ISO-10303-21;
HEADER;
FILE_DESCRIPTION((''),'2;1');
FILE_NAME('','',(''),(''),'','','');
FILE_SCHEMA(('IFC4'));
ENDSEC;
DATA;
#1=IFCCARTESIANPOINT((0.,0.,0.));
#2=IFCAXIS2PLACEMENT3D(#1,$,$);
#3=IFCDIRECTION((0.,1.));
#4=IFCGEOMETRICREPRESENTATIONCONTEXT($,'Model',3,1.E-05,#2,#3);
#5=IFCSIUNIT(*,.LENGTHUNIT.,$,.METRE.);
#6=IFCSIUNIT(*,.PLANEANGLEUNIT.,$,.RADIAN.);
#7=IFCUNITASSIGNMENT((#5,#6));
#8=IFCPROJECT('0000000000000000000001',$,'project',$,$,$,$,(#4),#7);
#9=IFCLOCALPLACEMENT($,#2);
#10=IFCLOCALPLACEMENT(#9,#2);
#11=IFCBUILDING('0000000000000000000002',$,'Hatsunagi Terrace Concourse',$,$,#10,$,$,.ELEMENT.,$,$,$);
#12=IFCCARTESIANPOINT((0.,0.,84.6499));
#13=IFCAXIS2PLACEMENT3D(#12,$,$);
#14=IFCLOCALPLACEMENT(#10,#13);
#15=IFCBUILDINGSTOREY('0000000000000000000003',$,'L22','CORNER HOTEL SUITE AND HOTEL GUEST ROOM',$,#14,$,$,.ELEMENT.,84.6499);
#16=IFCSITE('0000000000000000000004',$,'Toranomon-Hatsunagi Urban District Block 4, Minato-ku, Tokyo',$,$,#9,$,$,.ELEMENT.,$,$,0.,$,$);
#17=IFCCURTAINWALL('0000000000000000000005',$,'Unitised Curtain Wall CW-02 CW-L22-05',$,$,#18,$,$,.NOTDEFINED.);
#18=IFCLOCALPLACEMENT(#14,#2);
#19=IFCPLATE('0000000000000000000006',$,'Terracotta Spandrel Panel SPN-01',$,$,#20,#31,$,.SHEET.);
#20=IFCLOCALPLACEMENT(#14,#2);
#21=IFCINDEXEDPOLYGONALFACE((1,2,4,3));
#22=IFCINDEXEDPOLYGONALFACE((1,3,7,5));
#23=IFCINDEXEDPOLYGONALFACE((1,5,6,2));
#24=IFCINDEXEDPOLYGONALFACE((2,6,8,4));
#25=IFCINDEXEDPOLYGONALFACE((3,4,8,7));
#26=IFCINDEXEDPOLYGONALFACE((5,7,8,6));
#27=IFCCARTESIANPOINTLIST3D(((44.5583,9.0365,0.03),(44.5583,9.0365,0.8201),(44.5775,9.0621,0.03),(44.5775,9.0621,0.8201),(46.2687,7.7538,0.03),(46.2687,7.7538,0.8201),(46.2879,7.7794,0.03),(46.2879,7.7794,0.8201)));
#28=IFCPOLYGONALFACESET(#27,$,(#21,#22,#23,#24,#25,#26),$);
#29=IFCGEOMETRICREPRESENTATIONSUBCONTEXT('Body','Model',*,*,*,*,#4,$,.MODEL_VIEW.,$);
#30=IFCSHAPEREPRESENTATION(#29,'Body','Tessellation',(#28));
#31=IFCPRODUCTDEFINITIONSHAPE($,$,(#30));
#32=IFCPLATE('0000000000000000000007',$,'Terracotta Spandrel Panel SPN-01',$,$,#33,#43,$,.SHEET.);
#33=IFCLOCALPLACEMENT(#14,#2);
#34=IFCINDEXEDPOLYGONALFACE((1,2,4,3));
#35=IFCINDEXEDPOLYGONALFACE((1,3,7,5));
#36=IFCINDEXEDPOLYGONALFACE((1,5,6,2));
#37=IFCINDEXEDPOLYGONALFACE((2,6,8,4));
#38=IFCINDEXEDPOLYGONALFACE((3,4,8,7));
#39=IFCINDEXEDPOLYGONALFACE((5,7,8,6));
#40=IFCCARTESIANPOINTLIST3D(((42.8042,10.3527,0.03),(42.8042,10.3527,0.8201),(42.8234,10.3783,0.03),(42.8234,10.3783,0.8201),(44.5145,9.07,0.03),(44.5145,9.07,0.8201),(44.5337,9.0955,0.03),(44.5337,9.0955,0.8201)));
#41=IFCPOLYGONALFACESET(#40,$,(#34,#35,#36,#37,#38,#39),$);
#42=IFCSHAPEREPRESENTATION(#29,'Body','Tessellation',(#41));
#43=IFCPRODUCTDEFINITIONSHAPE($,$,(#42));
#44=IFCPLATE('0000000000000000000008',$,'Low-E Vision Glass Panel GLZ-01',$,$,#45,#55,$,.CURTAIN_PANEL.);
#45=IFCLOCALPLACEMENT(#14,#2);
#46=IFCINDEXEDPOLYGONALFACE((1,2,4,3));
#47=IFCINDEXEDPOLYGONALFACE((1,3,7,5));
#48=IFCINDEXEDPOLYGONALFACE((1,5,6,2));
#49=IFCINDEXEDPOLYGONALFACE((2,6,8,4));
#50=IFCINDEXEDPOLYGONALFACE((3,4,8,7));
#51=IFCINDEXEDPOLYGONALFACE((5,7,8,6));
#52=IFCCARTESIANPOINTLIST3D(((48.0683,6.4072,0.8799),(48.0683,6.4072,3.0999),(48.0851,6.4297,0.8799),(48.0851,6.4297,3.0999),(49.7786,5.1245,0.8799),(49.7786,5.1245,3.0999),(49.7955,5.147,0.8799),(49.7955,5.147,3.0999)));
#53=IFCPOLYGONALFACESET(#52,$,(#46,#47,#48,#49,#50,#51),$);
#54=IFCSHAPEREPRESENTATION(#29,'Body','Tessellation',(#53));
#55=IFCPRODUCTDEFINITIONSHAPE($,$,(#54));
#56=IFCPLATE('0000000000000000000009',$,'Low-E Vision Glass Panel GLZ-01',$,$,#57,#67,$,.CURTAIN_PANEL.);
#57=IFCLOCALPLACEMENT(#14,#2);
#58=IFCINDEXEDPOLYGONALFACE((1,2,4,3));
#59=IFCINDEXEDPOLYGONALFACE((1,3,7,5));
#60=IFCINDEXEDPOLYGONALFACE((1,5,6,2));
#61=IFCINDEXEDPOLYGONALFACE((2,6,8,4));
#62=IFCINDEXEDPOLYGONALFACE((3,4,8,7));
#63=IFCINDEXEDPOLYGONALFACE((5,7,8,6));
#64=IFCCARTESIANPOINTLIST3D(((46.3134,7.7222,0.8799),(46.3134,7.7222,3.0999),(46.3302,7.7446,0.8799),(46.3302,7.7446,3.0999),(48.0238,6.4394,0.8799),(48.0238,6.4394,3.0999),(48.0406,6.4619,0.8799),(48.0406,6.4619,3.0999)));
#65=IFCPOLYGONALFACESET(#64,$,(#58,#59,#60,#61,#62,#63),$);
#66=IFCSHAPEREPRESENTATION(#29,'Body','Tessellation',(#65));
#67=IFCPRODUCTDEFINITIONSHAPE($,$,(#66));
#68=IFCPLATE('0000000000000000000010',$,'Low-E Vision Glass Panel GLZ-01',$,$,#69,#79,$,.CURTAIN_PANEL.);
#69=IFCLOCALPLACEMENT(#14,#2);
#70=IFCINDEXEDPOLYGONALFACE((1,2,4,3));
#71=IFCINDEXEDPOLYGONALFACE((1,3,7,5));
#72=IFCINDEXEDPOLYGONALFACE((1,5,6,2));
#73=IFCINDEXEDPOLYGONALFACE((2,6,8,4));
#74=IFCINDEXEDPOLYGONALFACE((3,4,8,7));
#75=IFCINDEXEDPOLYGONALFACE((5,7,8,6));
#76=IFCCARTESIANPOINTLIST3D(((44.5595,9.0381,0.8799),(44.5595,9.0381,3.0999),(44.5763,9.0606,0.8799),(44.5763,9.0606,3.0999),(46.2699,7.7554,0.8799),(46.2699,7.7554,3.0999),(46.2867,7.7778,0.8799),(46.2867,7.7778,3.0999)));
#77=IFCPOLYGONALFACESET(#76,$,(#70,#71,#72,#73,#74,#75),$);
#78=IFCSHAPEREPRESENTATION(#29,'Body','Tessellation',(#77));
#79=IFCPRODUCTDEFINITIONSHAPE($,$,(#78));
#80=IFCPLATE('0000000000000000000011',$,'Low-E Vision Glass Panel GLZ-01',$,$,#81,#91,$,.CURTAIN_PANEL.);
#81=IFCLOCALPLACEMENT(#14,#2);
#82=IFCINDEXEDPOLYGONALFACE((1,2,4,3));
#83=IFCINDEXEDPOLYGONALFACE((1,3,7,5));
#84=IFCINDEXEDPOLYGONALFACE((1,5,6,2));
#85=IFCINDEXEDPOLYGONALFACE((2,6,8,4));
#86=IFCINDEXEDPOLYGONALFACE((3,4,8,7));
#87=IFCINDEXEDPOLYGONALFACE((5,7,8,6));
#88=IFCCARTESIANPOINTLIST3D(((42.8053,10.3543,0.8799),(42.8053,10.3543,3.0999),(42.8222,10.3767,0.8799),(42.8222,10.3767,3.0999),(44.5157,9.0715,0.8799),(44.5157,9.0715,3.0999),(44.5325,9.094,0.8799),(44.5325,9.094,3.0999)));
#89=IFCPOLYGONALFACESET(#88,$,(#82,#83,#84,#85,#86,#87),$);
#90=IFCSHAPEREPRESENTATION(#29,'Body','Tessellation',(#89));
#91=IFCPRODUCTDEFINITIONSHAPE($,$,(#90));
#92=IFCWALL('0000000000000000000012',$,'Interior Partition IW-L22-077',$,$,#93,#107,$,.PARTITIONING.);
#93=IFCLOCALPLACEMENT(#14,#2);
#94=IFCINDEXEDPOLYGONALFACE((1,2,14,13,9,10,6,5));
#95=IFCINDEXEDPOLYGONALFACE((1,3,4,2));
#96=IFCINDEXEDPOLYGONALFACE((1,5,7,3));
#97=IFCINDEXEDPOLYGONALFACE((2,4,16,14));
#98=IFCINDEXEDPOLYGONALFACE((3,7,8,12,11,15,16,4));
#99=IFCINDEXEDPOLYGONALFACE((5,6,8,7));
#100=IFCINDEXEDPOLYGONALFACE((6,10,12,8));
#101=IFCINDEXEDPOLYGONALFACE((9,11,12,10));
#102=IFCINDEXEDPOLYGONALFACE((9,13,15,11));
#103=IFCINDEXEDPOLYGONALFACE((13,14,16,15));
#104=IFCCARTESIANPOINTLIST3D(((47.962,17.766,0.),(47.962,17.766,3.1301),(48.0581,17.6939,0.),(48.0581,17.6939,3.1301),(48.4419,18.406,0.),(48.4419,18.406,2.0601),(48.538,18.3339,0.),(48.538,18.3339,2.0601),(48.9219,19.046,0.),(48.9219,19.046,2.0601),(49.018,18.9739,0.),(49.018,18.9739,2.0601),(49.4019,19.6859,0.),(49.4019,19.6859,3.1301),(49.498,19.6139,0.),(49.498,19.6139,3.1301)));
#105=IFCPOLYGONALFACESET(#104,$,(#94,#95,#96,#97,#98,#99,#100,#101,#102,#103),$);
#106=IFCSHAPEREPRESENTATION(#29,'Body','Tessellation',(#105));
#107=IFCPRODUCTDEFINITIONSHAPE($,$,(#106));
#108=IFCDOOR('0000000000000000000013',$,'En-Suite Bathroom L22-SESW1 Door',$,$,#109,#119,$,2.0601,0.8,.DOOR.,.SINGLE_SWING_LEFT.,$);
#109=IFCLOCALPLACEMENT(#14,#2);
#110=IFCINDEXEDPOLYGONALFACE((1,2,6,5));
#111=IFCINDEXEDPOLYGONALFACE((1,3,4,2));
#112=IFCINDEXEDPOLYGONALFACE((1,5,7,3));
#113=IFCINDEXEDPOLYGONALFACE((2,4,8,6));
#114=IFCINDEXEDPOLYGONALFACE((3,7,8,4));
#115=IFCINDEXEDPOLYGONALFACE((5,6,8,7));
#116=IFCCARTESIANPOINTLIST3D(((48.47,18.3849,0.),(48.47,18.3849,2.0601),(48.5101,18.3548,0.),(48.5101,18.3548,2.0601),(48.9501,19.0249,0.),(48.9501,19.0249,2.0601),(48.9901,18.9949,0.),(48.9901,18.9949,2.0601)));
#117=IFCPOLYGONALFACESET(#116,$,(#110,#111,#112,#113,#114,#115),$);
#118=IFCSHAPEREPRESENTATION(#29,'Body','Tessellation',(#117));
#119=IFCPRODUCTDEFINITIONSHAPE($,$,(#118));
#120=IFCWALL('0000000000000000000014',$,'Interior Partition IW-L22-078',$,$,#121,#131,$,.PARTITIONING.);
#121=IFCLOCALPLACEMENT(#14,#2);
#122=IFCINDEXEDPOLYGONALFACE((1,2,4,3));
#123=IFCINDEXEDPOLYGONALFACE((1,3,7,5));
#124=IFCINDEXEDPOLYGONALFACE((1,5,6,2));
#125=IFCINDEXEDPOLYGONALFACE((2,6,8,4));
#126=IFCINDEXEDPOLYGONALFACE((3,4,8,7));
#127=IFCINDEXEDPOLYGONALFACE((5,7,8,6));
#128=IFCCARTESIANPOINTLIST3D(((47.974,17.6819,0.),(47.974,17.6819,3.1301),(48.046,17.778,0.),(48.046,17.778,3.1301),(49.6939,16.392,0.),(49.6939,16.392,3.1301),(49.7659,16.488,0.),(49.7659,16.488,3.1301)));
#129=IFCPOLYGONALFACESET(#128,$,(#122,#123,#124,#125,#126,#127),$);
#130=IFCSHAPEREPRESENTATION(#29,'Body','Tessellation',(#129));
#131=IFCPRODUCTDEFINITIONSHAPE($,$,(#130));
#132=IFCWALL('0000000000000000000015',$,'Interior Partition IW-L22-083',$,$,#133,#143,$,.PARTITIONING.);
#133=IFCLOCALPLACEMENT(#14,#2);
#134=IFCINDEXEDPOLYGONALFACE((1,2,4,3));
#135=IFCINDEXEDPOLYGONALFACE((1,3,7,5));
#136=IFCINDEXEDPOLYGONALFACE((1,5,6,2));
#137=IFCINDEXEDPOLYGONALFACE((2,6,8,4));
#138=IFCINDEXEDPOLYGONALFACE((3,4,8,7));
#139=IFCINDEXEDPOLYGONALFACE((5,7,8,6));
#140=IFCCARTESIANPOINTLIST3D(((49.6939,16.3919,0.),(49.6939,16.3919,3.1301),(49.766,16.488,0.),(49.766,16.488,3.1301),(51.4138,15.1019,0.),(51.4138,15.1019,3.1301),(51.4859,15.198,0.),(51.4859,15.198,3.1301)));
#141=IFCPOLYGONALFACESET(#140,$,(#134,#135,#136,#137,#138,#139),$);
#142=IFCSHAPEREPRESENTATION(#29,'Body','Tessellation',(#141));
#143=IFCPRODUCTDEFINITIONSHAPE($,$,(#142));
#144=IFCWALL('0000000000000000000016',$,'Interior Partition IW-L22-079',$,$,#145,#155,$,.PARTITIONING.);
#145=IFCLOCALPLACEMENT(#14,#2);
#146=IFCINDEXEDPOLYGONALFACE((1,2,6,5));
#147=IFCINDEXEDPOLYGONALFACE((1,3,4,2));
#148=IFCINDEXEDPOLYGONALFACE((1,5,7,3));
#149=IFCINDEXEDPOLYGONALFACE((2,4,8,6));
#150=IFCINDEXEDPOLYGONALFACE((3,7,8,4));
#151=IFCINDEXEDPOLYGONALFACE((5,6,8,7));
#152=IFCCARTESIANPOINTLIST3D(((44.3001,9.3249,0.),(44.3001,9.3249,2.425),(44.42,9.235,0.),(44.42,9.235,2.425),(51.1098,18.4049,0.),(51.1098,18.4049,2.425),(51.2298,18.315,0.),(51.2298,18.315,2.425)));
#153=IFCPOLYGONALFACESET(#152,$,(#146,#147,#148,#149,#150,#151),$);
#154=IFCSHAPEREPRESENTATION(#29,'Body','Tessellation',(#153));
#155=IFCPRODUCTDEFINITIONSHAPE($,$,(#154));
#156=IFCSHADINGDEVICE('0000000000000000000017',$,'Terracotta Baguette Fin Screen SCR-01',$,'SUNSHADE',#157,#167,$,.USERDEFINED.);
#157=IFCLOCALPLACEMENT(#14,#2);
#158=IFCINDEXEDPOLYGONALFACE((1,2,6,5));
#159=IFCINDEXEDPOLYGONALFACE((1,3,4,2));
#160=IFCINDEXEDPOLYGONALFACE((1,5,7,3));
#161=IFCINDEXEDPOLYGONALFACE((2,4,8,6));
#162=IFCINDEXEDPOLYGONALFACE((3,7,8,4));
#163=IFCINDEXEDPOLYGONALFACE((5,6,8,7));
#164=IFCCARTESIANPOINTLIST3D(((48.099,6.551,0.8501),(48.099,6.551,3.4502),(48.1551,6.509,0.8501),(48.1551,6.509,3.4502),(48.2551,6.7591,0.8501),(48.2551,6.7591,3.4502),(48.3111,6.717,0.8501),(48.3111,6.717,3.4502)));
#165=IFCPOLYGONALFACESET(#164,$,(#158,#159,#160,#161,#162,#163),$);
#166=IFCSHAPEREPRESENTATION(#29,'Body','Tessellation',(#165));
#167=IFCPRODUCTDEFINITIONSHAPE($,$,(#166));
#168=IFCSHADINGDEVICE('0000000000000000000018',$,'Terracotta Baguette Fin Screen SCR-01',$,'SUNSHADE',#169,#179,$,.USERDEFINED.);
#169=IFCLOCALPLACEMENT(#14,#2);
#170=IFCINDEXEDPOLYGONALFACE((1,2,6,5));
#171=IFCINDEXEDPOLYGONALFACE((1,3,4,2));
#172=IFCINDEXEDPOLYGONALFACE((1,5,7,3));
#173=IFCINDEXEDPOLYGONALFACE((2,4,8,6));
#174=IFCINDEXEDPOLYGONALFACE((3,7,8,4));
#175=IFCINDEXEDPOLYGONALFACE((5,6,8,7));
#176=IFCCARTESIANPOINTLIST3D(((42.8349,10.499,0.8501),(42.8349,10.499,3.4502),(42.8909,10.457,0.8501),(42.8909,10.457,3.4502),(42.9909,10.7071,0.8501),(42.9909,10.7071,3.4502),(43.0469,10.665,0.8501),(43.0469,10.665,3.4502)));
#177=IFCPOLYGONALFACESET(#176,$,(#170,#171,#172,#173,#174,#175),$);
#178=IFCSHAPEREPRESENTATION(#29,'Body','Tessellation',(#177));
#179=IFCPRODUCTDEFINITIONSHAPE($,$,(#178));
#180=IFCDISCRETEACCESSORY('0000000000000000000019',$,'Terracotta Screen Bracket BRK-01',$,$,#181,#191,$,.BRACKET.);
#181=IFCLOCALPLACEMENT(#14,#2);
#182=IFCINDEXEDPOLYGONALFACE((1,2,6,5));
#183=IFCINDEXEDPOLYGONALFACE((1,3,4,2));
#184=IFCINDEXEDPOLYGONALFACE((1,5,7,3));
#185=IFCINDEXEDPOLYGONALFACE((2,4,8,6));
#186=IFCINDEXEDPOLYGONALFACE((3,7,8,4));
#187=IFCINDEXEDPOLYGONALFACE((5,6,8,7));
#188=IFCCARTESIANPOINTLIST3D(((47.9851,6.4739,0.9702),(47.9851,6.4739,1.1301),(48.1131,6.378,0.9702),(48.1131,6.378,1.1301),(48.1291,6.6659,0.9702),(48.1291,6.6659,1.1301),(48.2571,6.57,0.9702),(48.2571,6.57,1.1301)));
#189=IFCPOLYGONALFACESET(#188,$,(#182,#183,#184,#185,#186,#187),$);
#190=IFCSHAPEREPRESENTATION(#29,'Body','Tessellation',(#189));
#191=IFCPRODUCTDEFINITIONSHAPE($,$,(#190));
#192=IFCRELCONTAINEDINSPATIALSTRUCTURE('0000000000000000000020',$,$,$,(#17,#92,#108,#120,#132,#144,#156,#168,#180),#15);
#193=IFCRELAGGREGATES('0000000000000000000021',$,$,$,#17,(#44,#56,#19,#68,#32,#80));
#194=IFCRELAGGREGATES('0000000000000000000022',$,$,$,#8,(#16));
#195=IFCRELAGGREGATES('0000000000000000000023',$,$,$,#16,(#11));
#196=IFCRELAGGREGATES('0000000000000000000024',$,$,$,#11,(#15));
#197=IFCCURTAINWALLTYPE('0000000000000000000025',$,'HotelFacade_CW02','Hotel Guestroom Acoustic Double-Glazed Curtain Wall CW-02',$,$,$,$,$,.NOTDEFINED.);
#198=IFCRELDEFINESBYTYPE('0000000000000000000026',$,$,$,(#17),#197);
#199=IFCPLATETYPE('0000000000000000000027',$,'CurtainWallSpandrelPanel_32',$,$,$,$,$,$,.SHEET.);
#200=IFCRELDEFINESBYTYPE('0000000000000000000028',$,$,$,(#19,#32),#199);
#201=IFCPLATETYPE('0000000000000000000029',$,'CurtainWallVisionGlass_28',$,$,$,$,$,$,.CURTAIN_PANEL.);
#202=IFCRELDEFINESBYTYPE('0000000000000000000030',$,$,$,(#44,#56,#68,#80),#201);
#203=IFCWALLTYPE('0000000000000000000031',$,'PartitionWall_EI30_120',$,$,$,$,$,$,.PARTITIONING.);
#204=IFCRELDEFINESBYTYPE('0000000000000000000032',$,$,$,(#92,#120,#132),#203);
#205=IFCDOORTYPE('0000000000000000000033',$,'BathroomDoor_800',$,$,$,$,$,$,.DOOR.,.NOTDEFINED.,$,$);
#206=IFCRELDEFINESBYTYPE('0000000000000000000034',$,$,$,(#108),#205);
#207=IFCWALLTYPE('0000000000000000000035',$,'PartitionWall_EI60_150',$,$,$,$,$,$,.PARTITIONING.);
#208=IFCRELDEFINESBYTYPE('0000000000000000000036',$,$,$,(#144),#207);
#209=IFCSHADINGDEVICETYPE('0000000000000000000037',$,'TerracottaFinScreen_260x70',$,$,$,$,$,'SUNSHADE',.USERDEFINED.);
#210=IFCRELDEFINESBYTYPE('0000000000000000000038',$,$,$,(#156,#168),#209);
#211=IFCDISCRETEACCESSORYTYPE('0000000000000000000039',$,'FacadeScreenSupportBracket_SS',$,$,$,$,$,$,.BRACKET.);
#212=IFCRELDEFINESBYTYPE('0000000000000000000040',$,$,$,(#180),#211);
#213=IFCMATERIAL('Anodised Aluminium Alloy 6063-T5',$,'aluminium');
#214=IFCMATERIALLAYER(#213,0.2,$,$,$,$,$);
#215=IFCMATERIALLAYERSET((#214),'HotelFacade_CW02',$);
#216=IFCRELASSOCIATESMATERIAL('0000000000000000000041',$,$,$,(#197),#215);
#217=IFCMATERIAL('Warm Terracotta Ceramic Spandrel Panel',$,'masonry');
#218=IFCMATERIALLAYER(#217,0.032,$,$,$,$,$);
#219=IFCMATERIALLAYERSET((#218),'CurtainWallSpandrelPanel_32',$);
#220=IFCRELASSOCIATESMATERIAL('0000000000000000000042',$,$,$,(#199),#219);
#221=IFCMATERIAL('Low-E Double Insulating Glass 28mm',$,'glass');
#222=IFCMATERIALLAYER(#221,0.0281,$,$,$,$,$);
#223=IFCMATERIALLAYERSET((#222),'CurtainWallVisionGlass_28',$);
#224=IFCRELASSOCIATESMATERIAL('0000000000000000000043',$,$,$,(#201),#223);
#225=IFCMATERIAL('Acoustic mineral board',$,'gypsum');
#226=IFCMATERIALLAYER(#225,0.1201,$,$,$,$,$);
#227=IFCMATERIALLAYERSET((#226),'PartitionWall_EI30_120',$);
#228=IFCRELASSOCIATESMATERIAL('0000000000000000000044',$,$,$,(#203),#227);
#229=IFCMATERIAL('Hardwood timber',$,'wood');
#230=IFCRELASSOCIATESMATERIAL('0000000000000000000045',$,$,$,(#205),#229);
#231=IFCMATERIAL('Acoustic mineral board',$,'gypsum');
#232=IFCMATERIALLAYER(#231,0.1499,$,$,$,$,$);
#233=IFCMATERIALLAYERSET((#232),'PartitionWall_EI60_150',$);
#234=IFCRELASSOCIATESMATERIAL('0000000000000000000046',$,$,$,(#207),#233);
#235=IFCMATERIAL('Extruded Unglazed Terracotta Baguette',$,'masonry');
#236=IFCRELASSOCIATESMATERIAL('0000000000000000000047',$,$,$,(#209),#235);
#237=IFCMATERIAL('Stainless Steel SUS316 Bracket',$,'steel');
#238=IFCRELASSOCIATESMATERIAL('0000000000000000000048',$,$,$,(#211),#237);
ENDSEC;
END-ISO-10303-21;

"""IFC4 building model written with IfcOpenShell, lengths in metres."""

from ifc_helpers import new_model, si_unit, direction, frame, frame_2d, origin, origin_2d, place, context, subcontext, project, spatial, rectangle, extrude, material, layer, layer_set, type_object, element, fill, aggregate, save


model = new_model("IFC4")

# Units and contexts
model_context = context("Model", 3, precision=1e-05, world=origin(), true_north=direction((0.0, 1.0)))
body_context = subcontext(model_context, "Body", "Model", "MODEL_VIEW")
ifc_project = project(units=[si_unit("LENGTHUNIT", "METRE"), si_unit("PLANEANGLEUNIT", "RADIAN")], contexts=[model_context])

# Site, building, storey
site_placement = place(None, origin())
site = spatial("IfcSite", under=ifc_project, at=site_placement, Name="Toranomon-Hatsunagi Urban District Block 4, Minato-ku, Tokyo", CompositionType="ELEMENT", RefElevation=0.0)
building_placement = place(site_placement, origin())
building = spatial("IfcBuilding", under=site, at=building_placement, Name="Hatsunagi Terrace Concourse", CompositionType="ELEMENT")
storey_placement = place(building_placement, frame((0.0, 0.0, 84.6499)))
storey = spatial("IfcBuildingStorey", under=building, at=storey_placement, Name="L22", Description="CORNER HOTEL SUITE AND HOTEL GUEST ROOM", CompositionType="ELEMENT", Elevation=84.6499)

# Curtain wall
ifc_material_1 = material(Name="Anodised Aluminium Alloy 6063-T5", Category="aluminium")
ifc_layer_1 = layer(ifc_material_1, 0.2)
ifc_layer_set_1 = layer_set([ifc_layer_1], Name="HotelFacade_CW02")
curtain_wall_type = type_object("IfcCurtainWallType", Name="HotelFacade_CW02", Description="Hotel Guestroom Acoustic Double-Glazed Curtain Wall CW-02", PredefinedType="NOTDEFINED", material=ifc_layer_set_1)
curtain_wall_placement = place(storey_placement, origin())
curtain_wall = element("IfcCurtainWall", 1, at=curtain_wall_placement, inside=storey, type_object=curtain_wall_type, Name="Unitised Curtain Wall CW-02 CW-L22-05", PredefinedType="NOTDEFINED")

# Plates
ifc_material_2 = material(Name="Warm Terracotta Ceramic Spandrel Panel", Category="masonry")
ifc_layer_2 = layer(ifc_material_2, 0.032)
ifc_layer_set_2 = layer_set([ifc_layer_2], Name="CurtainWallSpandrelPanel_32")
plate_type_1 = type_object("IfcPlateType", Name="CurtainWallSpandrelPanel_32", PredefinedType="SHEET", material=ifc_layer_set_2)
plate_1_placement = place(storey_placement, frame((45.4231, 8.408, 0.03), z_axis=(0.0, 0.0, 1.0), x_axis=(-0.800003, 0.599996, 0.0)))
plate_1 = element("IfcPlate", 2, at=plate_1_placement, type_object=plate_type_1, Name="Terracotta Spandrel Panel SPN-01", PredefinedType="SHEET", context=body_context, shape_type="SweptSolid", body=[
    extrude(rectangle(XDim=2.1379, YDim=0.032, at=origin_2d()), origin(), (0.0, 0.0, 1.0), 0.79),
])
plate_2_placement = place(storey_placement, frame((43.6689, 9.7241, 0.03), z_axis=(0.0, 0.0, 1.0), x_axis=(-0.800003, 0.599996, 0.0)))
plate_2 = element("IfcPlate", 3, at=plate_2_placement, type_object=plate_type_1, Name="Terracotta Spandrel Panel SPN-01", PredefinedType="SHEET", context=body_context, shape_type="SweptSolid", body=[
    extrude(rectangle(XDim=2.1379, YDim=0.032, at=origin_2d()), origin(), (0.0, 0.0, 1.0), 0.79),
])
ifc_material_3 = material(Name="Low-E Double Insulating Glass 28mm", Category="glass")
ifc_layer_3 = layer(ifc_material_3, 0.0281)
ifc_layer_set_3 = layer_set([ifc_layer_3], Name="CurtainWallVisionGlass_28")
plate_type_2 = type_object("IfcPlateType", Name="CurtainWallVisionGlass_28", PredefinedType="CURTAIN_PANEL", material=ifc_layer_set_3)
plate_3_placement = place(storey_placement, frame((48.9319, 5.7771, 0.8799), z_axis=(0.0, 0.0, 1.0), x_axis=(-0.800003, 0.599996, 0.0)))
plate_3 = element("IfcPlate", 4, at=plate_3_placement, type_object=plate_type_2, Name="Low-E Vision Glass Panel GLZ-01", PredefinedType="CURTAIN_PANEL", context=body_context, shape_type="SweptSolid", body=[
    extrude(rectangle(XDim=2.1379, YDim=0.0281, at=origin_2d()), origin(), (0.0, 0.0, 1.0), 2.22),
])
plate_4_placement = place(storey_placement, frame((47.177, 7.092, 0.8799), z_axis=(0.0, 0.0, 1.0), x_axis=(-0.800003, 0.599996, 0.0)))
plate_4 = element("IfcPlate", 5, at=plate_4_placement, type_object=plate_type_2, Name="Low-E Vision Glass Panel GLZ-01", PredefinedType="CURTAIN_PANEL", context=body_context, shape_type="SweptSolid", body=[
    extrude(rectangle(XDim=2.1379, YDim=0.0281, at=origin_2d()), origin(), (0.0, 0.0, 1.0), 2.22),
])
plate_5_placement = place(storey_placement, frame((45.4231, 8.408, 0.8799), z_axis=(0.0, 0.0, 1.0), x_axis=(-0.800003, 0.599996, 0.0)))
plate_5 = element("IfcPlate", 6, at=plate_5_placement, type_object=plate_type_2, Name="Low-E Vision Glass Panel GLZ-01", PredefinedType="CURTAIN_PANEL", context=body_context, shape_type="SweptSolid", body=[
    extrude(rectangle(XDim=2.1379, YDim=0.0281, at=origin_2d()), origin(), (0.0, 0.0, 1.0), 2.22),
])
plate_6_placement = place(storey_placement, frame((43.6689, 9.7241, 0.8799), z_axis=(0.0, 0.0, 1.0), x_axis=(-0.800003, 0.599996, 0.0)))
plate_6 = element("IfcPlate", 7, at=plate_6_placement, type_object=plate_type_2, Name="Low-E Vision Glass Panel GLZ-01", PredefinedType="CURTAIN_PANEL", context=body_context, shape_type="SweptSolid", body=[
    extrude(rectangle(XDim=2.1379, YDim=0.0281, at=origin_2d()), origin(), (0.0, 0.0, 1.0), 2.22),
])
aggregate(curtain_wall, [plate_3, plate_4, plate_1, plate_5, plate_2, plate_6])

# Wall, opening, door
ifc_material_4 = material(Name="Acoustic mineral board", Category="gypsum")
ifc_layer_4 = layer(ifc_material_4, 0.1201)
ifc_layer_set_4 = layer_set([ifc_layer_4], Name="PartitionWall_EI30_120")
wall_type_1 = type_object("IfcWallType", Name="PartitionWall_EI30_120", PredefinedType="PARTITIONING", material=ifc_layer_set_4)
wall_1_placement = place(storey_placement, frame((48.01, 17.73, 0.0), z_axis=(0.0, 0.0, 1.0), x_axis=(0.6, 0.8, 0.0)))
wall_1 = element("IfcWall", 8, at=wall_1_placement, inside=storey, type_object=wall_type_1, Name="Interior Partition IW-L22-077", PredefinedType="PARTITIONING", context=body_context, shape_type="SweptSolid", body=[
    extrude(rectangle(XDim=2.3999, YDim=0.1201, at=frame_2d((1.2, 0.0))), origin(), (0.0, 0.0, 1.0), 3.1301),
])
opening_placement = place(wall_1_placement, frame((0.8, 0.0, 0.0)))
opening = element("IfcOpeningElement", 9, at=opening_placement, cuts=wall_1, PredefinedType="OPENING", context=body_context, shape_type="SweptSolid", body=[
    extrude(rectangle(XDim=0.8, YDim=2.0601, at=frame_2d((0.3999, 1.03))), frame((0.0, 0.0701, 0.0), z_axis=(0.0, -1.0, 0.0), x_axis=(1.0, 0.0, 0.0)), (0.0, 0.0, 1.0), 0.1401),
])
ifc_material_5 = material(Name="Hardwood timber", Category="wood")
door_type = type_object("IfcDoorType", Name="BathroomDoor_800", OperationType="NOTDEFINED", PredefinedType="DOOR", material=ifc_material_5)
door_placement = place(opening_placement, origin())
door = element("IfcDoor", 10, at=door_placement, inside=storey, type_object=door_type, Name="En-Suite Bathroom L22-SESW1 Door", OperationType="SINGLE_SWING_LEFT", OverallHeight=2.0601, OverallWidth=0.8, PredefinedType="DOOR", context=body_context, shape_type="SweptSolid", body=[
    extrude(rectangle(XDim=0.8, YDim=2.0601, at=frame_2d((0.3999, 1.03))), frame((0.0, 0.0249, 0.0), z_axis=(0.0, -1.0, 0.0), x_axis=(1.0, 0.0, 0.0)), (0.0, 0.0, 1.0), 0.05),
])
fill(opening, door)

# Walls
for number, where, z_axis, x_axis, name in (
    (11, (48.01, 17.73, 0.0), (0.0, 0.0, 1.0), (0.799986, -0.600018, 0.0), "Interior Partition IW-L22-078"),
    (12, (49.73, 16.4399, 0.0), (0.0, 0.0, 1.0), (0.799986, -0.600018, 0.0), "Interior Partition IW-L22-083"),
):
    element("IfcWall", number, at=place(storey_placement, frame(where, z_axis=z_axis, x_axis=x_axis)), inside=storey, type_object=wall_type_1, Name=name, PredefinedType="PARTITIONING", context=body_context, shape_type="SweptSolid", body=[
        extrude(rectangle(XDim=2.1499, YDim=0.1201, at=frame_2d((1.075, 0.0))), origin(), (0.0, 0.0, 1.0), 3.1301),
    ])
ifc_material_6 = material(Name="Acoustic mineral board", Category="gypsum")
ifc_layer_5 = layer(ifc_material_6, 0.1499)
ifc_layer_set_5 = layer_set([ifc_layer_5], Name="PartitionWall_EI60_150")
wall_type_2 = type_object("IfcWallType", Name="PartitionWall_EI60_150", PredefinedType="PARTITIONING", material=ifc_layer_set_5)
wall_2_placement = place(storey_placement, frame((44.3601, 9.28, 0.0), z_axis=(0.0, 0.0, 1.0), x_axis=(0.599986, 0.80001, 0.0)))
element("IfcWall", 13, at=wall_2_placement, inside=storey, type_object=wall_type_2, Name="Interior Partition IW-L22-079", PredefinedType="PARTITIONING", context=body_context, shape_type="SweptSolid", body=[
    extrude(rectangle(XDim=11.3499, YDim=0.1499, at=frame_2d((5.6748, 0.0))), origin(), (0.0, 0.0, 1.0), 2.425),
])

# Shading devices
ifc_material_7 = material(Name="Extruded Unglazed Terracotta Baguette", Category="masonry")
shading_device_type = type_object("IfcShadingDeviceType", Name="TerracottaFinScreen_260x70", ElementType="SUNSHADE", PredefinedType="USERDEFINED", material=ifc_material_7)
for number, where, z_axis, x_axis, name in (
    (14, (48.2051, 6.634, 0.8501), (0.0, 0.0, 1.0), (-0.800003, 0.599996, 0.0), "Terracotta Baguette Fin Screen SCR-01"),
    (15, (42.9409, 10.582, 0.8501), (0.0, 0.0, 1.0), (-0.800003, 0.599996, 0.0), "Terracotta Baguette Fin Screen SCR-01"),
):
    element("IfcShadingDevice", number, at=place(storey_placement, frame(where, z_axis=z_axis, x_axis=x_axis)), inside=storey, type_object=shading_device_type, Name=name, ObjectType="SUNSHADE", PredefinedType="USERDEFINED", context=body_context, shape_type="SweptSolid", body=[
        extrude(rectangle(XDim=0.0701, YDim=0.26, at=origin_2d()), origin(), (0.0, 0.0, 1.0), 2.6001),
    ])

# Discrete accessory
ifc_material_8 = material(Name="Stainless Steel SUS316 Bracket", Category="steel")
discrete_accessory_type = type_object("IfcDiscreteAccessoryType", Name="FacadeScreenSupportBracket_SS", PredefinedType="BRACKET", material=ifc_material_8)
discrete_accessory_placement = place(storey_placement, frame((48.1211, 6.522, 0.9702), z_axis=(0.0, 0.0, 1.0), x_axis=(-0.800003, 0.599996, 0.0)))
element("IfcDiscreteAccessory", 16, at=discrete_accessory_placement, inside=storey, type_object=discrete_accessory_type, Name="Terracotta Screen Bracket BRK-01", PredefinedType="BRACKET", context=body_context, shape_type="SweptSolid", body=[
    extrude(rectangle(XDim=0.1599, YDim=0.24, at=origin_2d()), origin(), (0.0, 0.0, 1.0), 0.1599),
])

save(model, "model.ifc")
